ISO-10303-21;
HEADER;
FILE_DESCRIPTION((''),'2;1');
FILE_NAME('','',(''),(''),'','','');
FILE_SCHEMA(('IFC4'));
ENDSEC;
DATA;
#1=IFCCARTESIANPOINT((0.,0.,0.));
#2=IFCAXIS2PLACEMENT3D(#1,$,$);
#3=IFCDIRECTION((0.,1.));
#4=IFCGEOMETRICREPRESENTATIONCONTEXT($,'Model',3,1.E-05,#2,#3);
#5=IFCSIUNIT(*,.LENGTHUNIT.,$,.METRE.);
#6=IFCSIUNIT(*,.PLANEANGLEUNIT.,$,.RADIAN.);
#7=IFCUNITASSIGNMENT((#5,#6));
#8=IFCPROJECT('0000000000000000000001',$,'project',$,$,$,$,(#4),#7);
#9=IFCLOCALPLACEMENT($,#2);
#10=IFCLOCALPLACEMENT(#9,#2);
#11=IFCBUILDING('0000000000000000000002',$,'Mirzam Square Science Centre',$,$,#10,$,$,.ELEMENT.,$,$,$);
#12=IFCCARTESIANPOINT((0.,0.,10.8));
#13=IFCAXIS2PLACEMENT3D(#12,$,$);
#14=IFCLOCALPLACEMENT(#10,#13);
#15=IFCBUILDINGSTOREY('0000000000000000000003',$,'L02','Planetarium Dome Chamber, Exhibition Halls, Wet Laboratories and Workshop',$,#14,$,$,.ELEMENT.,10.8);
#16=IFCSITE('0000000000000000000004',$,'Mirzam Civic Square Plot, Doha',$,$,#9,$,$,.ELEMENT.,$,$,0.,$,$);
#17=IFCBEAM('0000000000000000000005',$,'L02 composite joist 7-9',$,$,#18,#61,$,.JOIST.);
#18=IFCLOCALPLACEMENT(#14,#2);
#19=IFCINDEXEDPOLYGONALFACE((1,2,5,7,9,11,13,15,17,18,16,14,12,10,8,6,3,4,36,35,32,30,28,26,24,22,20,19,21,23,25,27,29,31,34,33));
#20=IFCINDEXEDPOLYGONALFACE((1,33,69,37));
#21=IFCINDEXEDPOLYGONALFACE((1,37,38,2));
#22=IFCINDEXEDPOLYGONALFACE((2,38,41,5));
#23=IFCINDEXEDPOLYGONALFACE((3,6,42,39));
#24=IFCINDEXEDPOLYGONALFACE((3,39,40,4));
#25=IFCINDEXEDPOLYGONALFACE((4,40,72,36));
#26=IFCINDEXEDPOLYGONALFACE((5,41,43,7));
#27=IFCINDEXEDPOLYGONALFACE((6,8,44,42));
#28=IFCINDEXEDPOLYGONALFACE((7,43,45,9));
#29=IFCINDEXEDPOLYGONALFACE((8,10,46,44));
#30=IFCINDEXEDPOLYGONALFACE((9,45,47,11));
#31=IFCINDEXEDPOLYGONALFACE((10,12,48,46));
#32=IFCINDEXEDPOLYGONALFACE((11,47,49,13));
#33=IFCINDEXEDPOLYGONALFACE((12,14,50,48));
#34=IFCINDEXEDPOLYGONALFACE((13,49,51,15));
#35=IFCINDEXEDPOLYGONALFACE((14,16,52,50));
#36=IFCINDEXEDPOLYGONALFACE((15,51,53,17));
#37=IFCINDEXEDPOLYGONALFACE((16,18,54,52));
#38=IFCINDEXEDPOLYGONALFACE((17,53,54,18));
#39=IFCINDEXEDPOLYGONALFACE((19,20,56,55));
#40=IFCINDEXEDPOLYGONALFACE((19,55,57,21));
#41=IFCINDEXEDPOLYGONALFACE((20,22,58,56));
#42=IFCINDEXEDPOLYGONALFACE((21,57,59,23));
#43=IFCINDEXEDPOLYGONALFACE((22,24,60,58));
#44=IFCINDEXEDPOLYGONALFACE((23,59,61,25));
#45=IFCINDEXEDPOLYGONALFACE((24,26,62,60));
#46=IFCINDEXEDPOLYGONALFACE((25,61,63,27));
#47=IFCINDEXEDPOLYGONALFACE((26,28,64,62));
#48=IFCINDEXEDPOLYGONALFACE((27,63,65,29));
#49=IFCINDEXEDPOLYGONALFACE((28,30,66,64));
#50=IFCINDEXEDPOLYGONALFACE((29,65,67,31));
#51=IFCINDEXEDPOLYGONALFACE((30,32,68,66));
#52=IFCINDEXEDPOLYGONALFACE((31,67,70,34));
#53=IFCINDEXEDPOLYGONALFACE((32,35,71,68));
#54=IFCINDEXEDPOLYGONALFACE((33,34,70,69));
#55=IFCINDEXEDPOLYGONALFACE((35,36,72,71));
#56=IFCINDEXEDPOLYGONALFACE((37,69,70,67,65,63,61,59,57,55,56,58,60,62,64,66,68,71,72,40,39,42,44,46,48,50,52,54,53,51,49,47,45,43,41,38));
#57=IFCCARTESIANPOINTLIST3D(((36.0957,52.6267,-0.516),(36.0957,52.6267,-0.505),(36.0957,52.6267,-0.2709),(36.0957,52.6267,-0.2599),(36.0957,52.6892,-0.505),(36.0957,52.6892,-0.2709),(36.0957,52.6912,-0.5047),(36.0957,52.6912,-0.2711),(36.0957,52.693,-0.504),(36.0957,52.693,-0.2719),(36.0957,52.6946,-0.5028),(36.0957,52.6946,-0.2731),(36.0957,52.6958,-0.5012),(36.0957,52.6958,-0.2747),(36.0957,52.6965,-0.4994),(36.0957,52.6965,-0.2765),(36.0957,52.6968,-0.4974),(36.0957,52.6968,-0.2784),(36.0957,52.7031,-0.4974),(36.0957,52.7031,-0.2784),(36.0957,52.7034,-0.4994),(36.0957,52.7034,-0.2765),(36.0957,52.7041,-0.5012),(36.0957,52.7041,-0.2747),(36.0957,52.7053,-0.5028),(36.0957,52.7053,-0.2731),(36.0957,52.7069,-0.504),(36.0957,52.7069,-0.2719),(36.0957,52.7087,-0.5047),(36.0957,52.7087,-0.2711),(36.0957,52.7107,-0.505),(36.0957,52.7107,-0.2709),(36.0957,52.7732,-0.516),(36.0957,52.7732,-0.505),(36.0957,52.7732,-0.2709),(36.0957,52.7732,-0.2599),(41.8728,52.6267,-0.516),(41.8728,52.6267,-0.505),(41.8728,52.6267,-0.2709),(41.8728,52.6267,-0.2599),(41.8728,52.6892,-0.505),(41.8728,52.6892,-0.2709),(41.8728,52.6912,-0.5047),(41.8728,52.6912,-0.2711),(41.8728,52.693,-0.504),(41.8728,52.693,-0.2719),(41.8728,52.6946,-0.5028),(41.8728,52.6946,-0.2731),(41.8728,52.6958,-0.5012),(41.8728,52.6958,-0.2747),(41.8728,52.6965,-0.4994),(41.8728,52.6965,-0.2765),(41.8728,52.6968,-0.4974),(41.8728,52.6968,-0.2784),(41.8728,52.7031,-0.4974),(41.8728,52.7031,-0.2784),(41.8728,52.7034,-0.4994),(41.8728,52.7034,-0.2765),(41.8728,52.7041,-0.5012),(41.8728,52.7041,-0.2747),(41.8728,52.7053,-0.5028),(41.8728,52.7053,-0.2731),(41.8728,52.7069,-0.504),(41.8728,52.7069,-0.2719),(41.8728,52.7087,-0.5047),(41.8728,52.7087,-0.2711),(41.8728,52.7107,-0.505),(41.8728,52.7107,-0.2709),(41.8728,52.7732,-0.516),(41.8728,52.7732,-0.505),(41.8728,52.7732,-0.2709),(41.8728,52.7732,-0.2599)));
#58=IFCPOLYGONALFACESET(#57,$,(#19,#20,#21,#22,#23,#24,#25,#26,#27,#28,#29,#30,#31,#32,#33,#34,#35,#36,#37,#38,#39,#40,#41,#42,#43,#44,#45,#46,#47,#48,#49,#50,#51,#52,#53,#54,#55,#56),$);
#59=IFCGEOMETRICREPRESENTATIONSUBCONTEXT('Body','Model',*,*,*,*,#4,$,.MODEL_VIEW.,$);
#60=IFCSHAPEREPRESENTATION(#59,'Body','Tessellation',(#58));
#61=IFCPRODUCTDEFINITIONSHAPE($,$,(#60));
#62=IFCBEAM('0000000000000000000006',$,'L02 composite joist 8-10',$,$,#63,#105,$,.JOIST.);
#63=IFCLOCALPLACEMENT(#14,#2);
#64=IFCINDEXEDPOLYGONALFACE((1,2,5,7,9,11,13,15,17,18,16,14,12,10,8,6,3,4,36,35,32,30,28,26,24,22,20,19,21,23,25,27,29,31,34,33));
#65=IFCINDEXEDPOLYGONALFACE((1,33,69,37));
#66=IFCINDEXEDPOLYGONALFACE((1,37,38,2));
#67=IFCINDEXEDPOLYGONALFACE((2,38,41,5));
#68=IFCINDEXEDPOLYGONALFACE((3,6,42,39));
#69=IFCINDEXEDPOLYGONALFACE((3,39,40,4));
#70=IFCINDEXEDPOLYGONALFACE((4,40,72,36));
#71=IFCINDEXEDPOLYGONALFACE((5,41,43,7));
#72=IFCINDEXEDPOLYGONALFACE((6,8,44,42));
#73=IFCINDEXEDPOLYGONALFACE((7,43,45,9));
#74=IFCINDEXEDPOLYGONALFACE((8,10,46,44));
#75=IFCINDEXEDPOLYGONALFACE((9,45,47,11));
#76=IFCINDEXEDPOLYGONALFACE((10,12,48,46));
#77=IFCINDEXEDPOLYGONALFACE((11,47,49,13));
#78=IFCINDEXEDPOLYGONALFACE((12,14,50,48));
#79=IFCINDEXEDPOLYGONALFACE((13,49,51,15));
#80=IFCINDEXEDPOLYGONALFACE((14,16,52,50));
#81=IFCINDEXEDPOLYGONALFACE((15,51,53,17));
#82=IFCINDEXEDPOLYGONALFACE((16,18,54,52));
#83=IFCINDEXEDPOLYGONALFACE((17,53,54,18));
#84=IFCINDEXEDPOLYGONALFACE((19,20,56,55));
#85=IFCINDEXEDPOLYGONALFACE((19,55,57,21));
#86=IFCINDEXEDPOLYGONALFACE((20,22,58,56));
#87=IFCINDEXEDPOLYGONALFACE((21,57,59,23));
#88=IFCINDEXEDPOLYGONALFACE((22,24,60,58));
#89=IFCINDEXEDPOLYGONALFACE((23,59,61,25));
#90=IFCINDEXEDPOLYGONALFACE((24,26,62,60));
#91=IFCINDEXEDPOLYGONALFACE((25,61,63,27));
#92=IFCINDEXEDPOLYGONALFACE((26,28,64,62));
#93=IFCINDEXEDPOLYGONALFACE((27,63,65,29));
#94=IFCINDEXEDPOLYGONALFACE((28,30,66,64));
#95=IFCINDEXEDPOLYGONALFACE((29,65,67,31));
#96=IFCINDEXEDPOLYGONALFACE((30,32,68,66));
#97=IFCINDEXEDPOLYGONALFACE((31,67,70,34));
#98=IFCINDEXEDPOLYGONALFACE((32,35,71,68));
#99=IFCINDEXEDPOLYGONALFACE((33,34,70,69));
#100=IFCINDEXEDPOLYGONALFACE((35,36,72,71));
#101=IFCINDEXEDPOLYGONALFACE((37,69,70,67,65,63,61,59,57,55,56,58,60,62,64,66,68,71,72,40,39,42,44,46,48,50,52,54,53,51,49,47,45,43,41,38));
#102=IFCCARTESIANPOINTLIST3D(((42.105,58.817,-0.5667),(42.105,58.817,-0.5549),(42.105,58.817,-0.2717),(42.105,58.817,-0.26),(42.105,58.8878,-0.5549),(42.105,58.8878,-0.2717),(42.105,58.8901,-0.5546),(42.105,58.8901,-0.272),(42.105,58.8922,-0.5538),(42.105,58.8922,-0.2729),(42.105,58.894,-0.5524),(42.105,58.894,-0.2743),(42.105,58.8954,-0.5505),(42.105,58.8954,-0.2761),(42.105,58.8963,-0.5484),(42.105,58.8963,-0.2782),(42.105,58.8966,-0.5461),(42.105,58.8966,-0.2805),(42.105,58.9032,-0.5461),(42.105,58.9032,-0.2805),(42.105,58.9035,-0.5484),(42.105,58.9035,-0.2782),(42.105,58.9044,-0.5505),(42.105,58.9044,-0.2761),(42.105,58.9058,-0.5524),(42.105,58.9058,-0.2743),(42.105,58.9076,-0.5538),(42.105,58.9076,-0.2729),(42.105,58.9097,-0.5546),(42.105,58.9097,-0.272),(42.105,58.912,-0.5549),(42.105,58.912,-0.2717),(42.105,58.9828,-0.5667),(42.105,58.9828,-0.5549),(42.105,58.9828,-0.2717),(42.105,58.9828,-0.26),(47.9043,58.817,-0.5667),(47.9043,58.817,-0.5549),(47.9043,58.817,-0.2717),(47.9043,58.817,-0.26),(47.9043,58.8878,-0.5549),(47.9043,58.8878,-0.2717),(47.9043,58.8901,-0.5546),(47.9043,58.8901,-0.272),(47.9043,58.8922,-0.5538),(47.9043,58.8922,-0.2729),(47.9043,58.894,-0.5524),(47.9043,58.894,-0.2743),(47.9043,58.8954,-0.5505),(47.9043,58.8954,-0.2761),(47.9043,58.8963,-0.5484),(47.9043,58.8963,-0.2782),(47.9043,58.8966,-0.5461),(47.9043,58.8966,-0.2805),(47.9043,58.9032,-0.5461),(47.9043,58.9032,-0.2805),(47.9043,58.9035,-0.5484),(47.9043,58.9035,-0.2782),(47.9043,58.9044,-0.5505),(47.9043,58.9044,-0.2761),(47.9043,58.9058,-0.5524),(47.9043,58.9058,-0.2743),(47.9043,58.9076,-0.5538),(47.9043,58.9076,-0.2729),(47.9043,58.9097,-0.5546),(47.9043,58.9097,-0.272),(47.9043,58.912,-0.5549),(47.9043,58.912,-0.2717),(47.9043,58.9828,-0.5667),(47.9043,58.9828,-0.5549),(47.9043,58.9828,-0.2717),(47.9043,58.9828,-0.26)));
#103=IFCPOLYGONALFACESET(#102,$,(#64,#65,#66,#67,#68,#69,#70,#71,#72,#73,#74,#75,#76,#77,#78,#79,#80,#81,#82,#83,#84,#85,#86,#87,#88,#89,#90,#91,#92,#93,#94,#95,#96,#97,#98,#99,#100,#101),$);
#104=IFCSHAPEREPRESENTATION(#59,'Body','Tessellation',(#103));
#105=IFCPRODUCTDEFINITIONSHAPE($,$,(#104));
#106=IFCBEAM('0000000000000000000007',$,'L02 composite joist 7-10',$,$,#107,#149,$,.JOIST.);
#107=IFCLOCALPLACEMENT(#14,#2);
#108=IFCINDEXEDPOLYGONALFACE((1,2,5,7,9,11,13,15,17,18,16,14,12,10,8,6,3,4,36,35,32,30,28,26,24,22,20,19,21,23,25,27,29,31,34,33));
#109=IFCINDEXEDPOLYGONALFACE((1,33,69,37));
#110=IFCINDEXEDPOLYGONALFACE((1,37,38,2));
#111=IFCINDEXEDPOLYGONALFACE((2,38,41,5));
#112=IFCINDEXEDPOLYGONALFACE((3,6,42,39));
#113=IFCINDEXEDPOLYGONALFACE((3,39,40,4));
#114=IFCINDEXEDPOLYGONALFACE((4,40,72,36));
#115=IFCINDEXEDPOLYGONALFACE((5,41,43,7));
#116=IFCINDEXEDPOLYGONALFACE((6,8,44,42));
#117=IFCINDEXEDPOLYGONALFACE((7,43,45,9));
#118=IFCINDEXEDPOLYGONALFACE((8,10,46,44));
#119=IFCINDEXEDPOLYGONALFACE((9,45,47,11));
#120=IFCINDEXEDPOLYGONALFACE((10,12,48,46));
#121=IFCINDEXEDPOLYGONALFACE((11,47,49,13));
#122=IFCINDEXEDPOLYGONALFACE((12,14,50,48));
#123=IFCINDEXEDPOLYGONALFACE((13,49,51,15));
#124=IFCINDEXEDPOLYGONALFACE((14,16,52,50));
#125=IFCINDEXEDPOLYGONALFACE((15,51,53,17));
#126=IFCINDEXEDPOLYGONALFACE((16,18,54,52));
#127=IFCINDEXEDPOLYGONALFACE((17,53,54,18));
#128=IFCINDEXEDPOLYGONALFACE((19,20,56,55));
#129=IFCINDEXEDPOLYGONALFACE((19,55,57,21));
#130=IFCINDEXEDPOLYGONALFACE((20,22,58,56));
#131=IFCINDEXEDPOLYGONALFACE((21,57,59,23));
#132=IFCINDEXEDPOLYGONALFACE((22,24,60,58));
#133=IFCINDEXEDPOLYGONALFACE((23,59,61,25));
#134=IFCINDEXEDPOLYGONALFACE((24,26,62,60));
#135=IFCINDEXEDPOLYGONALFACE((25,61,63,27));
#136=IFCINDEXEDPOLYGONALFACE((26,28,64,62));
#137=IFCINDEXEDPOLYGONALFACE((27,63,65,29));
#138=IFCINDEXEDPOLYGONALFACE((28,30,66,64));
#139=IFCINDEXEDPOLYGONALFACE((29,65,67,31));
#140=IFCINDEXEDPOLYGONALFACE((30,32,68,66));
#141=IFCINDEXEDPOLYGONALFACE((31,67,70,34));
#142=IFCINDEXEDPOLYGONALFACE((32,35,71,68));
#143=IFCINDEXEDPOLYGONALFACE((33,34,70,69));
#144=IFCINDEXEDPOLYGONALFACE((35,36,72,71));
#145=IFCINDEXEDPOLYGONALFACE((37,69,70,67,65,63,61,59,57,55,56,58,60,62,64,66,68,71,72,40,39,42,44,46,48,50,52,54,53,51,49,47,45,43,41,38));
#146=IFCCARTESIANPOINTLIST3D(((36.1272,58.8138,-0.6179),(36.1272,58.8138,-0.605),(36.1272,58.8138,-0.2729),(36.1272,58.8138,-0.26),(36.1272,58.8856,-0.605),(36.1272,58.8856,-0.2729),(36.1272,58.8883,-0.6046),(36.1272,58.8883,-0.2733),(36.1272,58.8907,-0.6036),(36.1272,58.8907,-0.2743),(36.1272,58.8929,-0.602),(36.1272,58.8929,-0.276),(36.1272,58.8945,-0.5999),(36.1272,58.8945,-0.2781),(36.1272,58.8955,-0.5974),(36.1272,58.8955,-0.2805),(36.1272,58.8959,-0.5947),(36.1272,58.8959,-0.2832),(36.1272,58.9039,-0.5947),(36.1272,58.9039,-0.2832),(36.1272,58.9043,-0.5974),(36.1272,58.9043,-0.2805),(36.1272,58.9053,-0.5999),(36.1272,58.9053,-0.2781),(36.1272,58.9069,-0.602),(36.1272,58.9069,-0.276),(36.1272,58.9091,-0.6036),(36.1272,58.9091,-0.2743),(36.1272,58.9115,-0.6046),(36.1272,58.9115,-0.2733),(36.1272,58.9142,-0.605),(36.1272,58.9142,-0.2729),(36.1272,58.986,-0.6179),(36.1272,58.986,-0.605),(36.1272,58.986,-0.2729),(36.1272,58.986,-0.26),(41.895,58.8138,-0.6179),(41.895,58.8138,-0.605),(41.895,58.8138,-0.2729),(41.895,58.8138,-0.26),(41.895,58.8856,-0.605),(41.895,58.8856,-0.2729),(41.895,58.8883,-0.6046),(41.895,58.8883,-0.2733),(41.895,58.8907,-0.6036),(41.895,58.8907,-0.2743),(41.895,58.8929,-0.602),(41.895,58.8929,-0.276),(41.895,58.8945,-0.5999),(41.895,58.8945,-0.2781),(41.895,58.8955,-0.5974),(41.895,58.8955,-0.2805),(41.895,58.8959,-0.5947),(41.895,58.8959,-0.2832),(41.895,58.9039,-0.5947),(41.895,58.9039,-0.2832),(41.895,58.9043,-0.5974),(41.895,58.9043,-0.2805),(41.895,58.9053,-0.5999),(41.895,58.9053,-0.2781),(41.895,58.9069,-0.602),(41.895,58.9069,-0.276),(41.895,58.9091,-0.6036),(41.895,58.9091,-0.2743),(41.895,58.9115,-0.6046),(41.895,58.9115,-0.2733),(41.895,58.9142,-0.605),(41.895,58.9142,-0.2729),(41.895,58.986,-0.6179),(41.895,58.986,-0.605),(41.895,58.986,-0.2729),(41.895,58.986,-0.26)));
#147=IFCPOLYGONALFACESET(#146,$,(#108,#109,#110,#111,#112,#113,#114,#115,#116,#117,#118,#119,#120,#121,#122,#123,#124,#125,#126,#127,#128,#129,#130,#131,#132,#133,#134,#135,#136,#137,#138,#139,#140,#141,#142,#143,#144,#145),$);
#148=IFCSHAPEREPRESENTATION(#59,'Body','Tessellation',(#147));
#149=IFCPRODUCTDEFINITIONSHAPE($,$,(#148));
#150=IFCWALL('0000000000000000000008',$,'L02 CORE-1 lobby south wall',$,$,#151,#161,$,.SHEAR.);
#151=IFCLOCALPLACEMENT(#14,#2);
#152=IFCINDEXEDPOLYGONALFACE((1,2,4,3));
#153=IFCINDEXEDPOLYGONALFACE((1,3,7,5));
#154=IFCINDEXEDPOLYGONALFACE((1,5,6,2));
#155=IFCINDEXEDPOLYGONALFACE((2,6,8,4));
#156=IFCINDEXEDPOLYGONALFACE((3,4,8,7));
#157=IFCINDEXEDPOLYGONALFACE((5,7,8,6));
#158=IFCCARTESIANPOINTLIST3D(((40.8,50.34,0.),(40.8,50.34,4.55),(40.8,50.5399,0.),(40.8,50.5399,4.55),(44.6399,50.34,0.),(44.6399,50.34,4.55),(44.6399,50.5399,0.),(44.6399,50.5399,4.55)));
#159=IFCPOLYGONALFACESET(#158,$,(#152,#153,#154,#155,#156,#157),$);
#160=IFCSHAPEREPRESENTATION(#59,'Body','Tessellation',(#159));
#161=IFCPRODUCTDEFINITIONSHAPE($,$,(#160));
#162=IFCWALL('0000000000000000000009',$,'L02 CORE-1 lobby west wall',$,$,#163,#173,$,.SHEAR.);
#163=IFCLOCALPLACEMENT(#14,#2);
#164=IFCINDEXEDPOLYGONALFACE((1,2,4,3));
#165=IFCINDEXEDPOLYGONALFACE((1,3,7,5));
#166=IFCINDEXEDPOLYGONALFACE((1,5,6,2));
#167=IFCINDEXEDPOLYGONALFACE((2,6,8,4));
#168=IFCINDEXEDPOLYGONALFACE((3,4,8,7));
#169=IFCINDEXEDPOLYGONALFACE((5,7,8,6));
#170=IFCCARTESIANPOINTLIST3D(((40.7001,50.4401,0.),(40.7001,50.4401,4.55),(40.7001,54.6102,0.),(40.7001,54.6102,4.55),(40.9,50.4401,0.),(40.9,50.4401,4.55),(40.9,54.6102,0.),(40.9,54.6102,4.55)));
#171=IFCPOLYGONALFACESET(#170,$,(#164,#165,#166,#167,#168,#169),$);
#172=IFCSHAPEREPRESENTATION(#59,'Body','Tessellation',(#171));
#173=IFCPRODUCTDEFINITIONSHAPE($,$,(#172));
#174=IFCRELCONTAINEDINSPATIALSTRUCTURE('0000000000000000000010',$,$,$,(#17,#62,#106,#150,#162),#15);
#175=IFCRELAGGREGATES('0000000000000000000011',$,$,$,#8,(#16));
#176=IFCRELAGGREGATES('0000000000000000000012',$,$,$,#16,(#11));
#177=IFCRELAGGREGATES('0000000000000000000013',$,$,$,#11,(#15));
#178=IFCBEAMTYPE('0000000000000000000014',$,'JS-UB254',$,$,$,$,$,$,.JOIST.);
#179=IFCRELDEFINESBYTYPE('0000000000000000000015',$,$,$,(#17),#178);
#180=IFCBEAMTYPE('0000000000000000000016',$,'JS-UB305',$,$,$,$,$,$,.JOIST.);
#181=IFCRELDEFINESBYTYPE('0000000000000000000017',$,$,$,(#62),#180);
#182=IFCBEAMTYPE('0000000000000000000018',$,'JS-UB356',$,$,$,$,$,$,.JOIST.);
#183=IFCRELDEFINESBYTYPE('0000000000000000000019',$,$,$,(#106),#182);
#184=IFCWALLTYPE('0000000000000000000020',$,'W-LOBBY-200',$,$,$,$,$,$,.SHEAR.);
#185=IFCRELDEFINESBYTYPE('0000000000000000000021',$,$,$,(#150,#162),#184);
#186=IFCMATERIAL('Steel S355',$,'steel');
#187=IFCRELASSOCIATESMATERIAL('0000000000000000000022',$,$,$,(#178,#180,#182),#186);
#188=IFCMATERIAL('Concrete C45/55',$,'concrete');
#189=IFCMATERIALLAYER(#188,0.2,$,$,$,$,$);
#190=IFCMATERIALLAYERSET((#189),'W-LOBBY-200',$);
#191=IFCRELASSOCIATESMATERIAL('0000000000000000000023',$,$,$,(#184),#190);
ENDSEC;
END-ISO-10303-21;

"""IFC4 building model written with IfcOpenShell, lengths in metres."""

from ifc_helpers import new_model, si_unit, direction, frame, frame_2d, origin, origin_2d, place, context, subcontext, project, spatial, rectangle, i_section, extrude, material, layer, layer_set, material_profile, profile_set, type_object, element, save


model = new_model("IFC4")

# Units and contexts
model_context = context("Model", 3, precision=1e-05, world=origin(), true_north=direction((0.0, 1.0)))
body_context = subcontext(model_context, "Body", "Model", "MODEL_VIEW")
ifc_project = project(units=[si_unit("LENGTHUNIT", "METRE"), si_unit("PLANEANGLEUNIT", "RADIAN")], contexts=[model_context])

# Site, building, storey
site_placement = place(None, origin())
site = spatial("IfcSite", under=ifc_project, at=site_placement, Name="Mirzam Civic Square Plot, Doha", CompositionType="ELEMENT", RefElevation=0.0)
building_placement = place(site_placement, origin())
building = spatial("IfcBuilding", under=site, at=building_placement, Name="Mirzam Square Science Centre", CompositionType="ELEMENT")
storey_placement = place(building_placement, frame((0.0, 0.0, 10.8)))
storey = spatial("IfcBuildingStorey", under=building, at=storey_placement, Name="L02", Description="Planetarium Dome Chamber, Exhibition Halls, Wet Laboratories and Workshop", CompositionType="ELEMENT", Elevation=10.8)

# Shared definitions
ifc_material_1 = material(Name="Steel S355", Category="steel")

# Beams
ifc_material_profile_1 = material_profile(ifc_material_1, i_section(OverallWidth=0.1465, OverallDepth=0.2561, WebThickness=0.0063, FlangeThickness=0.011, FilletRadius=0.0076, at=origin_2d()), Name="254x146x37UB")
ifc_profile_set_1 = profile_set([ifc_material_profile_1], Name="Steel S355")
beam_type_1 = type_object("IfcBeamType", Name="JS-UB254", PredefinedType="JOIST", material=ifc_profile_set_1)
beam_1_placement = place(storey_placement, frame((36.0957, 52.7, -0.3879), z_axis=(1.0, 0.0, 0.0), x_axis=(0.0, 1.0, 0.0)))
element("IfcBeam", 1, at=beam_1_placement, inside=storey, type_object=beam_type_1, Name="L02 composite joist 7-9", PredefinedType="JOIST", context=body_context, shape_type="SweptSolid", body=[
    extrude(i_section(OverallWidth=0.1465, OverallDepth=0.2561, WebThickness=0.0063, FlangeThickness=0.011, FilletRadius=0.0076, at=origin_2d()), origin(), (0.0, 0.0, 1.0), 5.7771),
])
ifc_material_profile_2 = material_profile(ifc_material_1, i_section(OverallWidth=0.1658, OverallDepth=0.3066, WebThickness=0.0066, FlangeThickness=0.0117, FilletRadius=0.0088, at=origin_2d()), Name="305x165x46UB")
ifc_profile_set_2 = profile_set([ifc_material_profile_2], Name="Steel S355")
beam_type_2 = type_object("IfcBeamType", Name="JS-UB305", PredefinedType="JOIST", material=ifc_profile_set_2)
beam_2_placement = place(storey_placement, frame((42.105, 58.8999, -0.4133), z_axis=(1.0, 0.0, 0.0), x_axis=(0.0, 1.0, 0.0)))
element("IfcBeam", 2, at=beam_2_placement, inside=storey, type_object=beam_type_2, Name="L02 composite joist 8-10", PredefinedType="JOIST", context=body_context, shape_type="SweptSolid", body=[
    extrude(i_section(OverallWidth=0.1658, OverallDepth=0.3066, WebThickness=0.0066, FlangeThickness=0.0117, FilletRadius=0.0088, at=origin_2d()), origin(), (0.0, 0.0, 1.0), 5.7993),
])
ifc_material_profile_3 = material_profile(ifc_material_1, i_section(OverallWidth=0.1721, OverallDepth=0.3579, WebThickness=0.0081, FlangeThickness=0.0129, FilletRadius=0.0103, at=origin_2d()), Name="356x171x57UB")
ifc_profile_set_3 = profile_set([ifc_material_profile_3], Name="Steel S355")
beam_type_3 = type_object("IfcBeamType", Name="JS-UB356", PredefinedType="JOIST", material=ifc_profile_set_3)
beam_3_placement = place(storey_placement, frame((36.1272, 58.8999, -0.439), z_axis=(1.0, 0.0, 0.0), x_axis=(0.0, 1.0, 0.0)))
element("IfcBeam", 3, at=beam_3_placement, inside=storey, type_object=beam_type_3, Name="L02 composite joist 7-10", PredefinedType="JOIST", context=body_context, shape_type="SweptSolid", body=[
    extrude(i_section(OverallWidth=0.1721, OverallDepth=0.3579, WebThickness=0.0081, FlangeThickness=0.0129, FilletRadius=0.0103, at=origin_2d()), origin(), (0.0, 0.0, 1.0), 5.7678),
])

# Walls
ifc_material_2 = material(Name="Concrete C45/55", Category="concrete")
ifc_layer_1 = layer(ifc_material_2, 0.2)
ifc_layer_set_1 = layer_set([ifc_layer_1], Name="W-LOBBY-200")
wall_type_1 = type_object("IfcWallType", Name="W-LOBBY-200", PredefinedType="SHEAR", material=ifc_layer_set_1)
wall_1_placement = place(storey_placement, frame((40.8, 50.4399, 0.0), z_axis=(0.0, 0.0, 1.0), x_axis=(1.0, 0.0, 0.0)))
element("IfcWall", 4, at=wall_1_placement, inside=storey, type_object=wall_type_1, Name="L02 CORE-1 lobby south wall", PredefinedType="SHEAR", context=body_context, shape_type="SweptSolid", body=[
    extrude(rectangle(XDim=3.8398, YDim=0.2, at=frame_2d((1.9199, 0.0))), origin(), (0.0, 0.0, 1.0), 4.55),
])
wall_2_placement = place(storey_placement, frame((40.8, 54.6101, 0.0), z_axis=(0.0, 0.0, 1.0), x_axis=(0.0, -1.0, 0.0)))
element("IfcWall", 5, at=wall_2_placement, inside=storey, type_object=wall_type_1, Name="L02 CORE-1 lobby west wall", PredefinedType="SHEAR", context=body_context, shape_type="SweptSolid", body=[
    extrude(rectangle(XDim=4.1702, YDim=0.2, at=frame_2d((2.085, 0.0))), origin(), (0.0, 0.0, 1.0), 4.55),
])

save(model, "model.ifc")
